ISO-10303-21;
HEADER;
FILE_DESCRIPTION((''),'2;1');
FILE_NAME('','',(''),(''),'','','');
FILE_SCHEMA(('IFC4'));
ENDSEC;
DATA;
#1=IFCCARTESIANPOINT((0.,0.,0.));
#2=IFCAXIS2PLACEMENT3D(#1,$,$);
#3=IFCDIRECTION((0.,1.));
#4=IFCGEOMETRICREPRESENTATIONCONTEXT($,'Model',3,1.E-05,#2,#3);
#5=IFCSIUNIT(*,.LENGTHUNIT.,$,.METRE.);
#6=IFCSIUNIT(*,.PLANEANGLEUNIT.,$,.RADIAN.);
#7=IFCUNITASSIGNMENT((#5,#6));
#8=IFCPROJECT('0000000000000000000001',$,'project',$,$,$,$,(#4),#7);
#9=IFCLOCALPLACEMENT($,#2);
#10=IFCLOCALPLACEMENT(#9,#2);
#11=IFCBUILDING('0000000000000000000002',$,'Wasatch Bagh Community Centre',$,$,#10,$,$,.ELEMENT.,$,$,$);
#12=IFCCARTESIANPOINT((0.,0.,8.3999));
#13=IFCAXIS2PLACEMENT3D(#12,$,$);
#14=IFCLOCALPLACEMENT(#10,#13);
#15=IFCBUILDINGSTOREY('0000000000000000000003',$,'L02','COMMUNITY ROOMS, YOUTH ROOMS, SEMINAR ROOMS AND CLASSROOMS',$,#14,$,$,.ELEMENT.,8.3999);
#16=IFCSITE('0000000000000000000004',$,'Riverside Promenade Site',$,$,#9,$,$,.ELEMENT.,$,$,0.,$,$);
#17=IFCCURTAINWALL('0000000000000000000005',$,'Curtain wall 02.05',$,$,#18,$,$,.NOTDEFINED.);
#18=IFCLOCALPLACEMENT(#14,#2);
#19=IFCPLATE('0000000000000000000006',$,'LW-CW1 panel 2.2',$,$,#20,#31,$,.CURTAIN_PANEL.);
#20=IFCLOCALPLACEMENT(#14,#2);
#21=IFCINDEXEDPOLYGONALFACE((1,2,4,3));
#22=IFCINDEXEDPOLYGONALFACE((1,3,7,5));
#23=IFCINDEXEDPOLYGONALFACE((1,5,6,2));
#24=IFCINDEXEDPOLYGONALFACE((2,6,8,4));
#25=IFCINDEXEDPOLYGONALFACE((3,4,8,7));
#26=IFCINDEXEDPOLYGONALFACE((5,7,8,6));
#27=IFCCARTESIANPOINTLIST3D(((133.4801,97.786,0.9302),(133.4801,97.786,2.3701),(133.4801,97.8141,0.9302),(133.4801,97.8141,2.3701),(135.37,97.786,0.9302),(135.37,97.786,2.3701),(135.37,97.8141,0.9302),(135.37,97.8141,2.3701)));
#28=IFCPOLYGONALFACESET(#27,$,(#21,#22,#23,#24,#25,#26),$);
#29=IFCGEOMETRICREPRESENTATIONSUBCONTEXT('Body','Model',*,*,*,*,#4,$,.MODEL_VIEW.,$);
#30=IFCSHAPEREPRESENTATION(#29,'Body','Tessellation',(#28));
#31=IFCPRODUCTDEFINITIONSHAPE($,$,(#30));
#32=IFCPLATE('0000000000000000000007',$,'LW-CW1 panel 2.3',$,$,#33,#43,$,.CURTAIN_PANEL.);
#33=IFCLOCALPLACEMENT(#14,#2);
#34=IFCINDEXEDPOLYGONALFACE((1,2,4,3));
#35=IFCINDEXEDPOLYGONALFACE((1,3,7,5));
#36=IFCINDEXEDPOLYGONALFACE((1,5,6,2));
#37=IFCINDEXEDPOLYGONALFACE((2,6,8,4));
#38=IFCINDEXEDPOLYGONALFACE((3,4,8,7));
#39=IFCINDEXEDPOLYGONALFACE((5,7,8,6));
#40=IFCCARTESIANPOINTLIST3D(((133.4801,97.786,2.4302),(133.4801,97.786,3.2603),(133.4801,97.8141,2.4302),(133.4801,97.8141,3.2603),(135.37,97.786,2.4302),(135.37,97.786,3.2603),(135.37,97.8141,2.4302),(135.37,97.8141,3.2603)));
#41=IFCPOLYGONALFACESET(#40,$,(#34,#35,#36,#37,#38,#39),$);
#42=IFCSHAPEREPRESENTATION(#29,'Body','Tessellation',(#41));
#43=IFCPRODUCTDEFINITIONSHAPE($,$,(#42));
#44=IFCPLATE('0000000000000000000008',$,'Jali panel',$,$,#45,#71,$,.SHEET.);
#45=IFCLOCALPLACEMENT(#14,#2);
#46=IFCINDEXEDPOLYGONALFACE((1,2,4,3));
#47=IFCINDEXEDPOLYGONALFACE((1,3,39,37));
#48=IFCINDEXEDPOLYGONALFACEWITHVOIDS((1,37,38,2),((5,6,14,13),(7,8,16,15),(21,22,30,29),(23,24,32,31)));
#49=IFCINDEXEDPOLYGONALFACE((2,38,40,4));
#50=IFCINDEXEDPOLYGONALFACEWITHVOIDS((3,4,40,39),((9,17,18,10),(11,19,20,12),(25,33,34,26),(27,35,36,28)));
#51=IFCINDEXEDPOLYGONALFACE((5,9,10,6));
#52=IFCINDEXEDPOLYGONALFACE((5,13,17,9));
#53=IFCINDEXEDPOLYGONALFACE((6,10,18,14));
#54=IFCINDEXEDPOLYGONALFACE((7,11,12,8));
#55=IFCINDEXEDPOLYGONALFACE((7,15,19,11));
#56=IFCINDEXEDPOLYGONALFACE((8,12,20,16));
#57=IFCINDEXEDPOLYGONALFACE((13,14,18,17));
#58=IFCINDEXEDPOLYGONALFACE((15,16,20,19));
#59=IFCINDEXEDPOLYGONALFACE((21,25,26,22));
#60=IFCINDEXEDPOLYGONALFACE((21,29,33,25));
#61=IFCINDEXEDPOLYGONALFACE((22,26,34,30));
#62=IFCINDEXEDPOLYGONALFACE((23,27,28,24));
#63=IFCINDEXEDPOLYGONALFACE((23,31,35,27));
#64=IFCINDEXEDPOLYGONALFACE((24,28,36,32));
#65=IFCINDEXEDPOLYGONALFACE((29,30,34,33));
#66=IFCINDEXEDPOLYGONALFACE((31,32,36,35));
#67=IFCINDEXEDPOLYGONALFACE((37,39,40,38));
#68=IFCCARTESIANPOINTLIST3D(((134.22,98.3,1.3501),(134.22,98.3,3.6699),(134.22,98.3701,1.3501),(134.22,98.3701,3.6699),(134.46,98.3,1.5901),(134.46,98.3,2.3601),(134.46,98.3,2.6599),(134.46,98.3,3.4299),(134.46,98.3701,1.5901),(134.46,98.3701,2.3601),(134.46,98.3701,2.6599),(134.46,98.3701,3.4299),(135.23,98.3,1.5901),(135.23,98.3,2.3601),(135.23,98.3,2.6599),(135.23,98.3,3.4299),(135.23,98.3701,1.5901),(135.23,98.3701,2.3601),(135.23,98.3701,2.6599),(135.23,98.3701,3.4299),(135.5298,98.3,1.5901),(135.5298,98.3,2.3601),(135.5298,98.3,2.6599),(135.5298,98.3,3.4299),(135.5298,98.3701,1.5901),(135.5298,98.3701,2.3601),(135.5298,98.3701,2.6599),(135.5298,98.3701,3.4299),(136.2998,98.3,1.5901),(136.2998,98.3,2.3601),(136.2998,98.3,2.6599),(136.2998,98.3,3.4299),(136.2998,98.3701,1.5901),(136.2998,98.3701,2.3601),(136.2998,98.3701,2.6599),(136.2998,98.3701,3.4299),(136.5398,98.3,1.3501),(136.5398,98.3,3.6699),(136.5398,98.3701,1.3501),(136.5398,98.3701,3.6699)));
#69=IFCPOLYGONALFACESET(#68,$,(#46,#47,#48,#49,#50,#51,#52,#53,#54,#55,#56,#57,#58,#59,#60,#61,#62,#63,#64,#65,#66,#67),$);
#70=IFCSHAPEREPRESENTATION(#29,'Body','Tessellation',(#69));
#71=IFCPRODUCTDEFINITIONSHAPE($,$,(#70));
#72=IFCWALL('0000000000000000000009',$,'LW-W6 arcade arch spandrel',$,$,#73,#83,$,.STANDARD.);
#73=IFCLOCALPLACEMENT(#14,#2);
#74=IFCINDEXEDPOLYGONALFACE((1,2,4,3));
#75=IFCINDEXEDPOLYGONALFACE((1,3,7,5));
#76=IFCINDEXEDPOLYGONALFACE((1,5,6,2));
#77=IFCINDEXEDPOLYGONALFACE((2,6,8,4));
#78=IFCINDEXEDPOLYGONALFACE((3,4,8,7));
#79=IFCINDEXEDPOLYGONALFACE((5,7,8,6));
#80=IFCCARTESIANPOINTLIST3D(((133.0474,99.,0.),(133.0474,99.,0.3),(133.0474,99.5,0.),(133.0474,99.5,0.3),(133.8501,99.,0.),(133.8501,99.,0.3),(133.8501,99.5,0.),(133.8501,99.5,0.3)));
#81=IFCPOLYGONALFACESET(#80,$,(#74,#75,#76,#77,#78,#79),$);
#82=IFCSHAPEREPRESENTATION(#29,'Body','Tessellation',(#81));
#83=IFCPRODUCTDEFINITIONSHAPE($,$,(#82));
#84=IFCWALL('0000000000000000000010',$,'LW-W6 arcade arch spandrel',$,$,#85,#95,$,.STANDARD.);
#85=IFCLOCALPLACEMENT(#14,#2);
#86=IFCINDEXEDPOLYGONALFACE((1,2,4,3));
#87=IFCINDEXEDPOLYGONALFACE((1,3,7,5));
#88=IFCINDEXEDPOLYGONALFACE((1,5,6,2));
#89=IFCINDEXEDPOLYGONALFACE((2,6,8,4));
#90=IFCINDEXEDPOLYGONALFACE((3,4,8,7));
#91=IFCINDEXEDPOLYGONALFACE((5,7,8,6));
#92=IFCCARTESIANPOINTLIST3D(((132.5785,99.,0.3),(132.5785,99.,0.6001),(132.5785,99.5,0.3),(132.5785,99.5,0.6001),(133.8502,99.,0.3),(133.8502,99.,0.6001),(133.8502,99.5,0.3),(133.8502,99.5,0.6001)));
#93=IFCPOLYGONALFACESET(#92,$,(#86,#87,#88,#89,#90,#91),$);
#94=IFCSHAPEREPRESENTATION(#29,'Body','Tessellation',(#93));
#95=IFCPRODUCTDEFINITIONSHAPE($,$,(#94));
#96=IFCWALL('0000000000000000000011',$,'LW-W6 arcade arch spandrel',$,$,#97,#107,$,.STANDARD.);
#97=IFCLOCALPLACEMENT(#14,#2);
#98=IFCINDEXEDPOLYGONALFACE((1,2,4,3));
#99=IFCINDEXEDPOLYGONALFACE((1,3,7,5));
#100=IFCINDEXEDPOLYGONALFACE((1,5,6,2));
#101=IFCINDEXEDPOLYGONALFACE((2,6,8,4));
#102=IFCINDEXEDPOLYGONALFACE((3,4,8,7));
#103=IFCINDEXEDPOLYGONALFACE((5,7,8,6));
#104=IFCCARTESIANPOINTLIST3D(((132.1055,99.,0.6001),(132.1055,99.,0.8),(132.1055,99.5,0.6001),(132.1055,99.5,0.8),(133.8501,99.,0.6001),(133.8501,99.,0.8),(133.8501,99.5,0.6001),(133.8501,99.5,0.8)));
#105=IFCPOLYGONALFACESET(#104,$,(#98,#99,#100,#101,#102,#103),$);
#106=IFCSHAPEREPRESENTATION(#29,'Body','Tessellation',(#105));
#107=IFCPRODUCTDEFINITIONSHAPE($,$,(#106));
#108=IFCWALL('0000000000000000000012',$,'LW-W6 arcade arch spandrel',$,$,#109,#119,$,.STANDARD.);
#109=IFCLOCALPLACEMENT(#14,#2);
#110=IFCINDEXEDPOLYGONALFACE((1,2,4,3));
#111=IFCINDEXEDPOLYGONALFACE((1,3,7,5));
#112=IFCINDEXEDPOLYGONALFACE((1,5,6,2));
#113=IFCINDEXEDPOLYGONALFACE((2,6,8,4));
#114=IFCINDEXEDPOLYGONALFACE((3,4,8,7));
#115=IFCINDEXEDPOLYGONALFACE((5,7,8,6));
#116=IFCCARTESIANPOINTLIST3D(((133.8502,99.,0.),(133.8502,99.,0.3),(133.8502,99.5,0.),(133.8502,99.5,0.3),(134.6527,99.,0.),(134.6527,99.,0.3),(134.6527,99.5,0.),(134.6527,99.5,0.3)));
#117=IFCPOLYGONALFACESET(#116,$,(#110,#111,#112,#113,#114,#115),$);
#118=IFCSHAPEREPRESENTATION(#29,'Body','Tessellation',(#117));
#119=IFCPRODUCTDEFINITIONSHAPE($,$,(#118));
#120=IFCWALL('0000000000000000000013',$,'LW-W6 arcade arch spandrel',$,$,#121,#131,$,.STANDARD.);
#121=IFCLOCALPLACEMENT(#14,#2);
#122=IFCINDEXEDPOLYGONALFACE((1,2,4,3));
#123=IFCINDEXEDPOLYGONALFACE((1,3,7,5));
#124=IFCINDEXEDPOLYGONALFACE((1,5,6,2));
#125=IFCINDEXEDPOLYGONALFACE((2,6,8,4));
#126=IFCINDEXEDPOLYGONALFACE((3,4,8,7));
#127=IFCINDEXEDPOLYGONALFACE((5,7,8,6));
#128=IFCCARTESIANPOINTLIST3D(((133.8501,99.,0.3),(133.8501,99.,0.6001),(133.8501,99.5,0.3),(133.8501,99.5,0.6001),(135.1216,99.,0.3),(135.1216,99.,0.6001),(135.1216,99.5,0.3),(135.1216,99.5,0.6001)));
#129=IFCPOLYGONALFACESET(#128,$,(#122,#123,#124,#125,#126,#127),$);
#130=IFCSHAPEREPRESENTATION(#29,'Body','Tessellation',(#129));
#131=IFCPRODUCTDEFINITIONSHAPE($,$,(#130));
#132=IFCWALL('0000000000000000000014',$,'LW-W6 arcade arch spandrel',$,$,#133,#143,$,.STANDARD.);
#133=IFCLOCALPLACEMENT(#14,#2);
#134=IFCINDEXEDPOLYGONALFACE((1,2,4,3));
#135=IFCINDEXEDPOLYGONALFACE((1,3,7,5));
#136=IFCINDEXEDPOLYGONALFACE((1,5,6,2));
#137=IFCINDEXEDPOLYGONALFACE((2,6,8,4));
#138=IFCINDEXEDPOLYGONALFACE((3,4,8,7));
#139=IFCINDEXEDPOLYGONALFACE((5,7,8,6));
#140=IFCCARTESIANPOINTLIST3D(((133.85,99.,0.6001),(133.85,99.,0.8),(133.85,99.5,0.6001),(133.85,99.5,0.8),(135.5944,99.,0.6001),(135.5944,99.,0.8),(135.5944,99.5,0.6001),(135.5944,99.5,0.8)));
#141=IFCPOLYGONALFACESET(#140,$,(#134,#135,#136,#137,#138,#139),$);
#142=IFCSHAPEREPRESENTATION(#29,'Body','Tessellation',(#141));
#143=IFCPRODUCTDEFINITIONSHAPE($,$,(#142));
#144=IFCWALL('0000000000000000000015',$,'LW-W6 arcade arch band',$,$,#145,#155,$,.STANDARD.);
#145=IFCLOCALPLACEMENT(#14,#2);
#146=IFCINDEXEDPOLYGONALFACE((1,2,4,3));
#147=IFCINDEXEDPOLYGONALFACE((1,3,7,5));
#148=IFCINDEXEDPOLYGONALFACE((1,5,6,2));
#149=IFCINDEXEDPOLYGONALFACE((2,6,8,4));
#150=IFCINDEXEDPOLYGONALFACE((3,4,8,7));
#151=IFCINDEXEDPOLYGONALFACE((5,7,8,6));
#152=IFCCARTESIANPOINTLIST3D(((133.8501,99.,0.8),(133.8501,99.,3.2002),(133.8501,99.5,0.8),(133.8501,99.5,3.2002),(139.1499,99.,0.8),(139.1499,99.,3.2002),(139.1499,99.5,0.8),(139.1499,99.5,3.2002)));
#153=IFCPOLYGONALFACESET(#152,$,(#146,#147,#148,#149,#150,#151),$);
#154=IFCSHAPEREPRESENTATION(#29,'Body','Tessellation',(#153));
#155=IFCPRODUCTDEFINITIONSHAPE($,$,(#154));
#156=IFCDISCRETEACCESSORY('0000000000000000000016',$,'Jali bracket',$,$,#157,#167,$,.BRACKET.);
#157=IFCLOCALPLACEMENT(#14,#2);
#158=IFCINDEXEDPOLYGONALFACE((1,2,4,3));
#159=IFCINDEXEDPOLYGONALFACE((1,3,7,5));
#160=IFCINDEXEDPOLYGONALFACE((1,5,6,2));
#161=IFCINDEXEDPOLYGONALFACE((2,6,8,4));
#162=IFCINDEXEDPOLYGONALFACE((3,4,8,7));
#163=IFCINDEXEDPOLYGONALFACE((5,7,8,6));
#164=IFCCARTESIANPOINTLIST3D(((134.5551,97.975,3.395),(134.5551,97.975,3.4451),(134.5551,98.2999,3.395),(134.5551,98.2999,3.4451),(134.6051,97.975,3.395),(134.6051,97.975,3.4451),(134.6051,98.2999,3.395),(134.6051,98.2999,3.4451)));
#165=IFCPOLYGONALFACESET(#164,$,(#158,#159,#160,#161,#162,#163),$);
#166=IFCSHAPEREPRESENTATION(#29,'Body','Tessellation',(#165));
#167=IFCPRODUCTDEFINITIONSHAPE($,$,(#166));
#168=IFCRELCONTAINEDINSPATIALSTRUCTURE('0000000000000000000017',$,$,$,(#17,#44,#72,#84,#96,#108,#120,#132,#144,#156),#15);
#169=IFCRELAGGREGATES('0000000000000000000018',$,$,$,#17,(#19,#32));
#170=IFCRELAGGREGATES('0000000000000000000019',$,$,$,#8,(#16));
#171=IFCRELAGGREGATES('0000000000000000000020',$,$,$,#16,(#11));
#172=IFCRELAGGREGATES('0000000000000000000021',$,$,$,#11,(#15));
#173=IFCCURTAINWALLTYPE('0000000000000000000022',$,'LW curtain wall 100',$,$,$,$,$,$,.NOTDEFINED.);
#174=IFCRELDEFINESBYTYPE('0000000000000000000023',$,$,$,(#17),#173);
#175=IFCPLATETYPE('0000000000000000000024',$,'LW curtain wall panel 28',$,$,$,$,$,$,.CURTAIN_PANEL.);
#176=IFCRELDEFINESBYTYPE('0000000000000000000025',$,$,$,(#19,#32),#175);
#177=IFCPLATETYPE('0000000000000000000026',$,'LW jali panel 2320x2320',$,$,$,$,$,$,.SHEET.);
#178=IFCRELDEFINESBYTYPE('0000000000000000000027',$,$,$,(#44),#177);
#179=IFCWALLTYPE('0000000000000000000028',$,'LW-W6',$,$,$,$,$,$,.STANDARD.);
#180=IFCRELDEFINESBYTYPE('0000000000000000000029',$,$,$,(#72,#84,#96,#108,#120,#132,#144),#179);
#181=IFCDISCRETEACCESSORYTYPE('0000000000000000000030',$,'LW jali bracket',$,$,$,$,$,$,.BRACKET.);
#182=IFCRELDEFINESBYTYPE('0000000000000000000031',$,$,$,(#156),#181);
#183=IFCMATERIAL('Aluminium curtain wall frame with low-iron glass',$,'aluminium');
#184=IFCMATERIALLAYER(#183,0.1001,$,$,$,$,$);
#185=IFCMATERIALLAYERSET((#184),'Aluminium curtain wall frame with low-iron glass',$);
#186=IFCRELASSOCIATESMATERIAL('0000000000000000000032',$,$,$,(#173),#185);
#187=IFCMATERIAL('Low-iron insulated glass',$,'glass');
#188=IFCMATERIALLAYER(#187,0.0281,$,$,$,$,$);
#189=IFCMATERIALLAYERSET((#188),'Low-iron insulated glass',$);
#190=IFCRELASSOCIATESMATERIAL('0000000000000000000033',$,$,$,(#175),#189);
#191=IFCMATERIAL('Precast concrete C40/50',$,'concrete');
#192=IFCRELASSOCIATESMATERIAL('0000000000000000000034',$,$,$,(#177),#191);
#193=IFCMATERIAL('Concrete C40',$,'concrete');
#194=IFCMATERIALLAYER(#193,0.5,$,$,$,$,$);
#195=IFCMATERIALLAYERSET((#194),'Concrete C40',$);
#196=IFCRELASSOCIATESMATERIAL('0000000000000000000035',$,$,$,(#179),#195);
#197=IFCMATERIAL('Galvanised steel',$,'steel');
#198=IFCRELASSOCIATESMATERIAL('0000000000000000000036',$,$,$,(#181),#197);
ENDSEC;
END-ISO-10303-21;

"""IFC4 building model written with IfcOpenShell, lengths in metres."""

from ifc_helpers import new_model, si_unit, direction, frame, frame_2d, origin, origin_2d, place, context, subcontext, project, spatial, polyline, rectangle, outline, extrude, material, layer, layer_set, material_profile, profile_set, type_object, element, aggregate, save


model = new_model("IFC4")

# Units and contexts
model_context = context("Model", 3, precision=1e-05, world=origin(), true_north=direction((0.0, 1.0)))
body_context = subcontext(model_context, "Body", "Model", "MODEL_VIEW")
ifc_project = project(units=[si_unit("LENGTHUNIT", "METRE"), si_unit("PLANEANGLEUNIT", "RADIAN")], contexts=[model_context])

# Site, building, storey
site_placement = place(None, origin())
site = spatial("IfcSite", under=ifc_project, at=site_placement, Name="Riverside Promenade Site", CompositionType="ELEMENT", RefElevation=0.0)
building_placement = place(site_placement, origin())
building = spatial("IfcBuilding", under=site, at=building_placement, Name="Wasatch Bagh Community Centre", CompositionType="ELEMENT")
storey_placement = place(building_placement, frame((0.0, 0.0, 8.3999)))
storey = spatial("IfcBuildingStorey", under=building, at=storey_placement, Name="L02", Description="COMMUNITY ROOMS, YOUTH ROOMS, SEMINAR ROOMS AND CLASSROOMS", CompositionType="ELEMENT", Elevation=8.3999)

# Curtain wall, plates
ifc_material_1 = material(Name="Aluminium curtain wall frame with low-iron glass", Category="aluminium")
ifc_layer_1 = layer(ifc_material_1, 0.1001)
ifc_layer_set_1 = layer_set([ifc_layer_1], Name="Aluminium curtain wall frame with low-iron glass")
curtain_wall_type = type_object("IfcCurtainWallType", Name="LW curtain wall 100", PredefinedType="NOTDEFINED", material=ifc_layer_set_1)
curtain_wall_placement = place(storey_placement, origin())
curtain_wall = element("IfcCurtainWall", 1, at=curtain_wall_placement, inside=storey, type_object=curtain_wall_type, Name="Curtain wall 02.05", PredefinedType="NOTDEFINED")
ifc_material_2 = material(Name="Low-iron insulated glass", Category="glass")
ifc_layer_2 = layer(ifc_material_2, 0.0281)
ifc_layer_set_2 = layer_set([ifc_layer_2], Name="Low-iron insulated glass")
plate_type_1 = type_object("IfcPlateType", Name="LW curtain wall panel 28", PredefinedType="CURTAIN_PANEL", material=ifc_layer_set_2)
plate_1_placement = place(storey_placement, frame((134.425, 97.8, 0.9302), z_axis=(0.0, 0.0, 1.0), x_axis=(1.0, 0.0, 0.0)))
plate_1 = element("IfcPlate", 2, at=plate_1_placement, type_object=plate_type_1, Name="LW-CW1 panel 2.2", PredefinedType="CURTAIN_PANEL", context=body_context, shape_type="SweptSolid", body=[
    extrude(rectangle(XDim=1.8899, YDim=0.0281, at=origin_2d()), origin(), (0.0, 0.0, 1.0), 1.4399),
])
plate_2_placement = place(storey_placement, frame((134.425, 97.8, 2.4302), z_axis=(0.0, 0.0, 1.0), x_axis=(1.0, 0.0, 0.0)))
plate_2 = element("IfcPlate", 3, at=plate_2_placement, type_object=plate_type_1, Name="LW-CW1 panel 2.3", PredefinedType="CURTAIN_PANEL", context=body_context, shape_type="SweptSolid", body=[
    extrude(rectangle(XDim=1.8899, YDim=0.0281, at=origin_2d()), origin(), (0.0, 0.0, 1.0), 0.8301),
])
aggregate(curtain_wall, [plate_1, plate_2])

# Plate
ifc_material_3 = material(Name="Precast concrete C40/50", Category="concrete")
ifc_material_profile_1 = material_profile(ifc_material_3, outline(polyline([(-1.1599, -1.1599), (1.1599, -1.1599), (1.1599, 1.1599), (-1.1599, 1.1599), (-1.1599, -1.1599)]), holes=[polyline([(-0.9199, -0.9199), (-0.1499, -0.9199), (-0.1499, -0.1499), (-0.9199, -0.1499), (-0.9199, -0.9199)]), polyline([(-0.9199, 0.1499), (-0.1499, 0.1499), (-0.1499, 0.9199), (-0.9199, 0.9199), (-0.9199, 0.1499)]), polyline([(0.1499, -0.9199), (0.9199, -0.9199), (0.9199, -0.1499), (0.1499, -0.1499), (0.1499, -0.9199)]), polyline([(0.1499, 0.1499), (0.9199, 0.1499), (0.9199, 0.9199), (0.1499, 0.9199), (0.1499, 0.1499)])]), Name="Jali lattice")
ifc_profile_set_1 = profile_set([ifc_material_profile_1], Name="Precast concrete C40/50")
plate_type_2 = type_object("IfcPlateType", Name="LW jali panel 2320x2320", PredefinedType="SHEET", material=ifc_profile_set_1)
plate_3_placement = place(storey_placement, frame((135.3799, 98.3, 2.51), z_axis=(0.0, 1.0, 0.0), x_axis=(-1.0, 0.0, 0.0)))
element("IfcPlate", 4, at=plate_3_placement, inside=storey, type_object=plate_type_2, Name="Jali panel", PredefinedType="SHEET", context=body_context, shape_type="SweptSolid", body=[
    extrude(outline(polyline([(-1.1599, -1.1599), (1.1599, -1.1599), (1.1599, 1.1599), (-1.1599, 1.1599), (-1.1599, -1.1599)]), holes=[polyline([(-0.9199, -0.9199), (-0.1499, -0.9199), (-0.1499, -0.1499), (-0.9199, -0.1499), (-0.9199, -0.9199)]), polyline([(-0.9199, 0.1499), (-0.1499, 0.1499), (-0.1499, 0.9199), (-0.9199, 0.9199), (-0.9199, 0.1499)]), polyline([(0.1499, -0.9199), (0.9199, -0.9199), (0.9199, -0.1499), (0.1499, -0.1499), (0.1499, -0.9199)]), polyline([(0.1499, 0.1499), (0.9199, 0.1499), (0.9199, 0.9199), (0.1499, 0.9199), (0.1499, 0.1499)])]), origin(), (0.0, 0.0, 1.0), 0.0701),
])

# Walls
ifc_material_4 = material(Name="Concrete C40", Category="concrete")
ifc_layer_3 = layer(ifc_material_4, 0.5)
ifc_layer_set_3 = layer_set([ifc_layer_3], Name="Concrete C40")
wall_type = type_object("IfcWallType", Name="LW-W6", PredefinedType="STANDARD", material=ifc_layer_set_3)
wall_1_placement = place(storey_placement, frame((133.8501, 99.25, 0.0), z_axis=(0.0, 0.0, 1.0), x_axis=(-1.0, 0.0, 0.0)))
element("IfcWall", 5, at=wall_1_placement, inside=storey, type_object=wall_type, Name="LW-W6 arcade arch spandrel", PredefinedType="STANDARD", context=body_context, shape_type="SweptSolid", body=[
    extrude(rectangle(XDim=0.8027, YDim=0.5, at=frame_2d((0.4014, 0.0))), origin(), (0.0, 0.0, 1.0), 0.3),
])
wall_2_placement = place(storey_placement, frame((133.8501, 99.25, 0.3), z_axis=(0.0, 0.0, 1.0), x_axis=(-1.0, 0.0, 0.0)))
element("IfcWall", 6, at=wall_2_placement, inside=storey, type_object=wall_type, Name="LW-W6 arcade arch spandrel", PredefinedType="STANDARD", context=body_context, shape_type="SweptSolid", body=[
    extrude(rectangle(XDim=1.2717, YDim=0.5, at=frame_2d((0.6357, 0.0))), origin(), (0.0, 0.0, 1.0), 0.3),
])
wall_3_placement = place(storey_placement, frame((133.8501, 99.25, 0.6001), z_axis=(0.0, 0.0, 1.0), x_axis=(-1.0, 0.0, 0.0)))
element("IfcWall", 7, at=wall_3_placement, inside=storey, type_object=wall_type, Name="LW-W6 arcade arch spandrel", PredefinedType="STANDARD", context=body_context, shape_type="SweptSolid", body=[
    extrude(rectangle(XDim=1.7446, YDim=0.5, at=frame_2d((0.8723, 0.0))), origin(), (0.0, 0.0, 1.0), 0.2),
])
wall_4_placement = place(storey_placement, frame((133.8501, 99.25, 0.0), z_axis=(0.0, 0.0, 1.0), x_axis=(1.0, 0.0, 0.0)))
element("IfcWall", 8, at=wall_4_placement, inside=storey, type_object=wall_type, Name="LW-W6 arcade arch spandrel", PredefinedType="STANDARD", context=body_context, shape_type="SweptSolid", body=[
    extrude(rectangle(XDim=0.8025, YDim=0.5, at=frame_2d((0.4014, 0.0))), origin(), (0.0, 0.0, 1.0), 0.3),
])
wall_5_placement = place(storey_placement, frame((133.8501, 99.25, 0.3), z_axis=(0.0, 0.0, 1.0), x_axis=(1.0, 0.0, 0.0)))
element("IfcWall", 9, at=wall_5_placement, inside=storey, type_object=wall_type, Name="LW-W6 arcade arch spandrel", PredefinedType="STANDARD", context=body_context, shape_type="SweptSolid", body=[
    extrude(rectangle(XDim=1.2715, YDim=0.5, at=frame_2d((0.6357, 0.0))), origin(), (0.0, 0.0, 1.0), 0.3),
])
wall_6_placement = place(storey_placement, frame((133.8501, 99.25, 0.6001), z_axis=(0.0, 0.0, 1.0), x_axis=(1.0, 0.0, 0.0)))
element("IfcWall", 10, at=wall_6_placement, inside=storey, type_object=wall_type, Name="LW-W6 arcade arch spandrel", PredefinedType="STANDARD", context=body_context, shape_type="SweptSolid", body=[
    extrude(rectangle(XDim=1.7444, YDim=0.5, at=frame_2d((0.8721, 0.0))), origin(), (0.0, 0.0, 1.0), 0.2),
])
wall_7_placement = place(storey_placement, frame((133.8501, 99.25, 0.8), z_axis=(0.0, 0.0, 1.0), x_axis=(1.0, 0.0, 0.0)))
element("IfcWall", 11, at=wall_7_placement, inside=storey, type_object=wall_type, Name="LW-W6 arcade arch band", PredefinedType="STANDARD", context=body_context, shape_type="SweptSolid", body=[
    extrude(rectangle(XDim=5.2998, YDim=0.5, at=frame_2d((2.6499, 0.0))), origin(), (0.0, 0.0, 1.0), 2.4001),
])

# Discrete accessory
ifc_material_5 = material(Name="Galvanised steel", Category="steel")
discrete_accessory_type = type_object("IfcDiscreteAccessoryType", Name="LW jali bracket", PredefinedType="BRACKET", material=ifc_material_5)
discrete_accessory_placement = place(storey_placement, frame((134.5801, 98.1375, 3.395), z_axis=(0.0, 0.0, 1.0), x_axis=(1.0, 0.0, 0.0)))
element("IfcDiscreteAccessory", 12, at=discrete_accessory_placement, inside=storey, type_object=discrete_accessory_type, Name="Jali bracket", PredefinedType="BRACKET", context=body_context, shape_type="SweptSolid", body=[
    extrude(rectangle(XDim=0.05, YDim=0.325, at=origin_2d()), origin(), (0.0, 0.0, 1.0), 0.05),
])

save(model, "model.ifc")
